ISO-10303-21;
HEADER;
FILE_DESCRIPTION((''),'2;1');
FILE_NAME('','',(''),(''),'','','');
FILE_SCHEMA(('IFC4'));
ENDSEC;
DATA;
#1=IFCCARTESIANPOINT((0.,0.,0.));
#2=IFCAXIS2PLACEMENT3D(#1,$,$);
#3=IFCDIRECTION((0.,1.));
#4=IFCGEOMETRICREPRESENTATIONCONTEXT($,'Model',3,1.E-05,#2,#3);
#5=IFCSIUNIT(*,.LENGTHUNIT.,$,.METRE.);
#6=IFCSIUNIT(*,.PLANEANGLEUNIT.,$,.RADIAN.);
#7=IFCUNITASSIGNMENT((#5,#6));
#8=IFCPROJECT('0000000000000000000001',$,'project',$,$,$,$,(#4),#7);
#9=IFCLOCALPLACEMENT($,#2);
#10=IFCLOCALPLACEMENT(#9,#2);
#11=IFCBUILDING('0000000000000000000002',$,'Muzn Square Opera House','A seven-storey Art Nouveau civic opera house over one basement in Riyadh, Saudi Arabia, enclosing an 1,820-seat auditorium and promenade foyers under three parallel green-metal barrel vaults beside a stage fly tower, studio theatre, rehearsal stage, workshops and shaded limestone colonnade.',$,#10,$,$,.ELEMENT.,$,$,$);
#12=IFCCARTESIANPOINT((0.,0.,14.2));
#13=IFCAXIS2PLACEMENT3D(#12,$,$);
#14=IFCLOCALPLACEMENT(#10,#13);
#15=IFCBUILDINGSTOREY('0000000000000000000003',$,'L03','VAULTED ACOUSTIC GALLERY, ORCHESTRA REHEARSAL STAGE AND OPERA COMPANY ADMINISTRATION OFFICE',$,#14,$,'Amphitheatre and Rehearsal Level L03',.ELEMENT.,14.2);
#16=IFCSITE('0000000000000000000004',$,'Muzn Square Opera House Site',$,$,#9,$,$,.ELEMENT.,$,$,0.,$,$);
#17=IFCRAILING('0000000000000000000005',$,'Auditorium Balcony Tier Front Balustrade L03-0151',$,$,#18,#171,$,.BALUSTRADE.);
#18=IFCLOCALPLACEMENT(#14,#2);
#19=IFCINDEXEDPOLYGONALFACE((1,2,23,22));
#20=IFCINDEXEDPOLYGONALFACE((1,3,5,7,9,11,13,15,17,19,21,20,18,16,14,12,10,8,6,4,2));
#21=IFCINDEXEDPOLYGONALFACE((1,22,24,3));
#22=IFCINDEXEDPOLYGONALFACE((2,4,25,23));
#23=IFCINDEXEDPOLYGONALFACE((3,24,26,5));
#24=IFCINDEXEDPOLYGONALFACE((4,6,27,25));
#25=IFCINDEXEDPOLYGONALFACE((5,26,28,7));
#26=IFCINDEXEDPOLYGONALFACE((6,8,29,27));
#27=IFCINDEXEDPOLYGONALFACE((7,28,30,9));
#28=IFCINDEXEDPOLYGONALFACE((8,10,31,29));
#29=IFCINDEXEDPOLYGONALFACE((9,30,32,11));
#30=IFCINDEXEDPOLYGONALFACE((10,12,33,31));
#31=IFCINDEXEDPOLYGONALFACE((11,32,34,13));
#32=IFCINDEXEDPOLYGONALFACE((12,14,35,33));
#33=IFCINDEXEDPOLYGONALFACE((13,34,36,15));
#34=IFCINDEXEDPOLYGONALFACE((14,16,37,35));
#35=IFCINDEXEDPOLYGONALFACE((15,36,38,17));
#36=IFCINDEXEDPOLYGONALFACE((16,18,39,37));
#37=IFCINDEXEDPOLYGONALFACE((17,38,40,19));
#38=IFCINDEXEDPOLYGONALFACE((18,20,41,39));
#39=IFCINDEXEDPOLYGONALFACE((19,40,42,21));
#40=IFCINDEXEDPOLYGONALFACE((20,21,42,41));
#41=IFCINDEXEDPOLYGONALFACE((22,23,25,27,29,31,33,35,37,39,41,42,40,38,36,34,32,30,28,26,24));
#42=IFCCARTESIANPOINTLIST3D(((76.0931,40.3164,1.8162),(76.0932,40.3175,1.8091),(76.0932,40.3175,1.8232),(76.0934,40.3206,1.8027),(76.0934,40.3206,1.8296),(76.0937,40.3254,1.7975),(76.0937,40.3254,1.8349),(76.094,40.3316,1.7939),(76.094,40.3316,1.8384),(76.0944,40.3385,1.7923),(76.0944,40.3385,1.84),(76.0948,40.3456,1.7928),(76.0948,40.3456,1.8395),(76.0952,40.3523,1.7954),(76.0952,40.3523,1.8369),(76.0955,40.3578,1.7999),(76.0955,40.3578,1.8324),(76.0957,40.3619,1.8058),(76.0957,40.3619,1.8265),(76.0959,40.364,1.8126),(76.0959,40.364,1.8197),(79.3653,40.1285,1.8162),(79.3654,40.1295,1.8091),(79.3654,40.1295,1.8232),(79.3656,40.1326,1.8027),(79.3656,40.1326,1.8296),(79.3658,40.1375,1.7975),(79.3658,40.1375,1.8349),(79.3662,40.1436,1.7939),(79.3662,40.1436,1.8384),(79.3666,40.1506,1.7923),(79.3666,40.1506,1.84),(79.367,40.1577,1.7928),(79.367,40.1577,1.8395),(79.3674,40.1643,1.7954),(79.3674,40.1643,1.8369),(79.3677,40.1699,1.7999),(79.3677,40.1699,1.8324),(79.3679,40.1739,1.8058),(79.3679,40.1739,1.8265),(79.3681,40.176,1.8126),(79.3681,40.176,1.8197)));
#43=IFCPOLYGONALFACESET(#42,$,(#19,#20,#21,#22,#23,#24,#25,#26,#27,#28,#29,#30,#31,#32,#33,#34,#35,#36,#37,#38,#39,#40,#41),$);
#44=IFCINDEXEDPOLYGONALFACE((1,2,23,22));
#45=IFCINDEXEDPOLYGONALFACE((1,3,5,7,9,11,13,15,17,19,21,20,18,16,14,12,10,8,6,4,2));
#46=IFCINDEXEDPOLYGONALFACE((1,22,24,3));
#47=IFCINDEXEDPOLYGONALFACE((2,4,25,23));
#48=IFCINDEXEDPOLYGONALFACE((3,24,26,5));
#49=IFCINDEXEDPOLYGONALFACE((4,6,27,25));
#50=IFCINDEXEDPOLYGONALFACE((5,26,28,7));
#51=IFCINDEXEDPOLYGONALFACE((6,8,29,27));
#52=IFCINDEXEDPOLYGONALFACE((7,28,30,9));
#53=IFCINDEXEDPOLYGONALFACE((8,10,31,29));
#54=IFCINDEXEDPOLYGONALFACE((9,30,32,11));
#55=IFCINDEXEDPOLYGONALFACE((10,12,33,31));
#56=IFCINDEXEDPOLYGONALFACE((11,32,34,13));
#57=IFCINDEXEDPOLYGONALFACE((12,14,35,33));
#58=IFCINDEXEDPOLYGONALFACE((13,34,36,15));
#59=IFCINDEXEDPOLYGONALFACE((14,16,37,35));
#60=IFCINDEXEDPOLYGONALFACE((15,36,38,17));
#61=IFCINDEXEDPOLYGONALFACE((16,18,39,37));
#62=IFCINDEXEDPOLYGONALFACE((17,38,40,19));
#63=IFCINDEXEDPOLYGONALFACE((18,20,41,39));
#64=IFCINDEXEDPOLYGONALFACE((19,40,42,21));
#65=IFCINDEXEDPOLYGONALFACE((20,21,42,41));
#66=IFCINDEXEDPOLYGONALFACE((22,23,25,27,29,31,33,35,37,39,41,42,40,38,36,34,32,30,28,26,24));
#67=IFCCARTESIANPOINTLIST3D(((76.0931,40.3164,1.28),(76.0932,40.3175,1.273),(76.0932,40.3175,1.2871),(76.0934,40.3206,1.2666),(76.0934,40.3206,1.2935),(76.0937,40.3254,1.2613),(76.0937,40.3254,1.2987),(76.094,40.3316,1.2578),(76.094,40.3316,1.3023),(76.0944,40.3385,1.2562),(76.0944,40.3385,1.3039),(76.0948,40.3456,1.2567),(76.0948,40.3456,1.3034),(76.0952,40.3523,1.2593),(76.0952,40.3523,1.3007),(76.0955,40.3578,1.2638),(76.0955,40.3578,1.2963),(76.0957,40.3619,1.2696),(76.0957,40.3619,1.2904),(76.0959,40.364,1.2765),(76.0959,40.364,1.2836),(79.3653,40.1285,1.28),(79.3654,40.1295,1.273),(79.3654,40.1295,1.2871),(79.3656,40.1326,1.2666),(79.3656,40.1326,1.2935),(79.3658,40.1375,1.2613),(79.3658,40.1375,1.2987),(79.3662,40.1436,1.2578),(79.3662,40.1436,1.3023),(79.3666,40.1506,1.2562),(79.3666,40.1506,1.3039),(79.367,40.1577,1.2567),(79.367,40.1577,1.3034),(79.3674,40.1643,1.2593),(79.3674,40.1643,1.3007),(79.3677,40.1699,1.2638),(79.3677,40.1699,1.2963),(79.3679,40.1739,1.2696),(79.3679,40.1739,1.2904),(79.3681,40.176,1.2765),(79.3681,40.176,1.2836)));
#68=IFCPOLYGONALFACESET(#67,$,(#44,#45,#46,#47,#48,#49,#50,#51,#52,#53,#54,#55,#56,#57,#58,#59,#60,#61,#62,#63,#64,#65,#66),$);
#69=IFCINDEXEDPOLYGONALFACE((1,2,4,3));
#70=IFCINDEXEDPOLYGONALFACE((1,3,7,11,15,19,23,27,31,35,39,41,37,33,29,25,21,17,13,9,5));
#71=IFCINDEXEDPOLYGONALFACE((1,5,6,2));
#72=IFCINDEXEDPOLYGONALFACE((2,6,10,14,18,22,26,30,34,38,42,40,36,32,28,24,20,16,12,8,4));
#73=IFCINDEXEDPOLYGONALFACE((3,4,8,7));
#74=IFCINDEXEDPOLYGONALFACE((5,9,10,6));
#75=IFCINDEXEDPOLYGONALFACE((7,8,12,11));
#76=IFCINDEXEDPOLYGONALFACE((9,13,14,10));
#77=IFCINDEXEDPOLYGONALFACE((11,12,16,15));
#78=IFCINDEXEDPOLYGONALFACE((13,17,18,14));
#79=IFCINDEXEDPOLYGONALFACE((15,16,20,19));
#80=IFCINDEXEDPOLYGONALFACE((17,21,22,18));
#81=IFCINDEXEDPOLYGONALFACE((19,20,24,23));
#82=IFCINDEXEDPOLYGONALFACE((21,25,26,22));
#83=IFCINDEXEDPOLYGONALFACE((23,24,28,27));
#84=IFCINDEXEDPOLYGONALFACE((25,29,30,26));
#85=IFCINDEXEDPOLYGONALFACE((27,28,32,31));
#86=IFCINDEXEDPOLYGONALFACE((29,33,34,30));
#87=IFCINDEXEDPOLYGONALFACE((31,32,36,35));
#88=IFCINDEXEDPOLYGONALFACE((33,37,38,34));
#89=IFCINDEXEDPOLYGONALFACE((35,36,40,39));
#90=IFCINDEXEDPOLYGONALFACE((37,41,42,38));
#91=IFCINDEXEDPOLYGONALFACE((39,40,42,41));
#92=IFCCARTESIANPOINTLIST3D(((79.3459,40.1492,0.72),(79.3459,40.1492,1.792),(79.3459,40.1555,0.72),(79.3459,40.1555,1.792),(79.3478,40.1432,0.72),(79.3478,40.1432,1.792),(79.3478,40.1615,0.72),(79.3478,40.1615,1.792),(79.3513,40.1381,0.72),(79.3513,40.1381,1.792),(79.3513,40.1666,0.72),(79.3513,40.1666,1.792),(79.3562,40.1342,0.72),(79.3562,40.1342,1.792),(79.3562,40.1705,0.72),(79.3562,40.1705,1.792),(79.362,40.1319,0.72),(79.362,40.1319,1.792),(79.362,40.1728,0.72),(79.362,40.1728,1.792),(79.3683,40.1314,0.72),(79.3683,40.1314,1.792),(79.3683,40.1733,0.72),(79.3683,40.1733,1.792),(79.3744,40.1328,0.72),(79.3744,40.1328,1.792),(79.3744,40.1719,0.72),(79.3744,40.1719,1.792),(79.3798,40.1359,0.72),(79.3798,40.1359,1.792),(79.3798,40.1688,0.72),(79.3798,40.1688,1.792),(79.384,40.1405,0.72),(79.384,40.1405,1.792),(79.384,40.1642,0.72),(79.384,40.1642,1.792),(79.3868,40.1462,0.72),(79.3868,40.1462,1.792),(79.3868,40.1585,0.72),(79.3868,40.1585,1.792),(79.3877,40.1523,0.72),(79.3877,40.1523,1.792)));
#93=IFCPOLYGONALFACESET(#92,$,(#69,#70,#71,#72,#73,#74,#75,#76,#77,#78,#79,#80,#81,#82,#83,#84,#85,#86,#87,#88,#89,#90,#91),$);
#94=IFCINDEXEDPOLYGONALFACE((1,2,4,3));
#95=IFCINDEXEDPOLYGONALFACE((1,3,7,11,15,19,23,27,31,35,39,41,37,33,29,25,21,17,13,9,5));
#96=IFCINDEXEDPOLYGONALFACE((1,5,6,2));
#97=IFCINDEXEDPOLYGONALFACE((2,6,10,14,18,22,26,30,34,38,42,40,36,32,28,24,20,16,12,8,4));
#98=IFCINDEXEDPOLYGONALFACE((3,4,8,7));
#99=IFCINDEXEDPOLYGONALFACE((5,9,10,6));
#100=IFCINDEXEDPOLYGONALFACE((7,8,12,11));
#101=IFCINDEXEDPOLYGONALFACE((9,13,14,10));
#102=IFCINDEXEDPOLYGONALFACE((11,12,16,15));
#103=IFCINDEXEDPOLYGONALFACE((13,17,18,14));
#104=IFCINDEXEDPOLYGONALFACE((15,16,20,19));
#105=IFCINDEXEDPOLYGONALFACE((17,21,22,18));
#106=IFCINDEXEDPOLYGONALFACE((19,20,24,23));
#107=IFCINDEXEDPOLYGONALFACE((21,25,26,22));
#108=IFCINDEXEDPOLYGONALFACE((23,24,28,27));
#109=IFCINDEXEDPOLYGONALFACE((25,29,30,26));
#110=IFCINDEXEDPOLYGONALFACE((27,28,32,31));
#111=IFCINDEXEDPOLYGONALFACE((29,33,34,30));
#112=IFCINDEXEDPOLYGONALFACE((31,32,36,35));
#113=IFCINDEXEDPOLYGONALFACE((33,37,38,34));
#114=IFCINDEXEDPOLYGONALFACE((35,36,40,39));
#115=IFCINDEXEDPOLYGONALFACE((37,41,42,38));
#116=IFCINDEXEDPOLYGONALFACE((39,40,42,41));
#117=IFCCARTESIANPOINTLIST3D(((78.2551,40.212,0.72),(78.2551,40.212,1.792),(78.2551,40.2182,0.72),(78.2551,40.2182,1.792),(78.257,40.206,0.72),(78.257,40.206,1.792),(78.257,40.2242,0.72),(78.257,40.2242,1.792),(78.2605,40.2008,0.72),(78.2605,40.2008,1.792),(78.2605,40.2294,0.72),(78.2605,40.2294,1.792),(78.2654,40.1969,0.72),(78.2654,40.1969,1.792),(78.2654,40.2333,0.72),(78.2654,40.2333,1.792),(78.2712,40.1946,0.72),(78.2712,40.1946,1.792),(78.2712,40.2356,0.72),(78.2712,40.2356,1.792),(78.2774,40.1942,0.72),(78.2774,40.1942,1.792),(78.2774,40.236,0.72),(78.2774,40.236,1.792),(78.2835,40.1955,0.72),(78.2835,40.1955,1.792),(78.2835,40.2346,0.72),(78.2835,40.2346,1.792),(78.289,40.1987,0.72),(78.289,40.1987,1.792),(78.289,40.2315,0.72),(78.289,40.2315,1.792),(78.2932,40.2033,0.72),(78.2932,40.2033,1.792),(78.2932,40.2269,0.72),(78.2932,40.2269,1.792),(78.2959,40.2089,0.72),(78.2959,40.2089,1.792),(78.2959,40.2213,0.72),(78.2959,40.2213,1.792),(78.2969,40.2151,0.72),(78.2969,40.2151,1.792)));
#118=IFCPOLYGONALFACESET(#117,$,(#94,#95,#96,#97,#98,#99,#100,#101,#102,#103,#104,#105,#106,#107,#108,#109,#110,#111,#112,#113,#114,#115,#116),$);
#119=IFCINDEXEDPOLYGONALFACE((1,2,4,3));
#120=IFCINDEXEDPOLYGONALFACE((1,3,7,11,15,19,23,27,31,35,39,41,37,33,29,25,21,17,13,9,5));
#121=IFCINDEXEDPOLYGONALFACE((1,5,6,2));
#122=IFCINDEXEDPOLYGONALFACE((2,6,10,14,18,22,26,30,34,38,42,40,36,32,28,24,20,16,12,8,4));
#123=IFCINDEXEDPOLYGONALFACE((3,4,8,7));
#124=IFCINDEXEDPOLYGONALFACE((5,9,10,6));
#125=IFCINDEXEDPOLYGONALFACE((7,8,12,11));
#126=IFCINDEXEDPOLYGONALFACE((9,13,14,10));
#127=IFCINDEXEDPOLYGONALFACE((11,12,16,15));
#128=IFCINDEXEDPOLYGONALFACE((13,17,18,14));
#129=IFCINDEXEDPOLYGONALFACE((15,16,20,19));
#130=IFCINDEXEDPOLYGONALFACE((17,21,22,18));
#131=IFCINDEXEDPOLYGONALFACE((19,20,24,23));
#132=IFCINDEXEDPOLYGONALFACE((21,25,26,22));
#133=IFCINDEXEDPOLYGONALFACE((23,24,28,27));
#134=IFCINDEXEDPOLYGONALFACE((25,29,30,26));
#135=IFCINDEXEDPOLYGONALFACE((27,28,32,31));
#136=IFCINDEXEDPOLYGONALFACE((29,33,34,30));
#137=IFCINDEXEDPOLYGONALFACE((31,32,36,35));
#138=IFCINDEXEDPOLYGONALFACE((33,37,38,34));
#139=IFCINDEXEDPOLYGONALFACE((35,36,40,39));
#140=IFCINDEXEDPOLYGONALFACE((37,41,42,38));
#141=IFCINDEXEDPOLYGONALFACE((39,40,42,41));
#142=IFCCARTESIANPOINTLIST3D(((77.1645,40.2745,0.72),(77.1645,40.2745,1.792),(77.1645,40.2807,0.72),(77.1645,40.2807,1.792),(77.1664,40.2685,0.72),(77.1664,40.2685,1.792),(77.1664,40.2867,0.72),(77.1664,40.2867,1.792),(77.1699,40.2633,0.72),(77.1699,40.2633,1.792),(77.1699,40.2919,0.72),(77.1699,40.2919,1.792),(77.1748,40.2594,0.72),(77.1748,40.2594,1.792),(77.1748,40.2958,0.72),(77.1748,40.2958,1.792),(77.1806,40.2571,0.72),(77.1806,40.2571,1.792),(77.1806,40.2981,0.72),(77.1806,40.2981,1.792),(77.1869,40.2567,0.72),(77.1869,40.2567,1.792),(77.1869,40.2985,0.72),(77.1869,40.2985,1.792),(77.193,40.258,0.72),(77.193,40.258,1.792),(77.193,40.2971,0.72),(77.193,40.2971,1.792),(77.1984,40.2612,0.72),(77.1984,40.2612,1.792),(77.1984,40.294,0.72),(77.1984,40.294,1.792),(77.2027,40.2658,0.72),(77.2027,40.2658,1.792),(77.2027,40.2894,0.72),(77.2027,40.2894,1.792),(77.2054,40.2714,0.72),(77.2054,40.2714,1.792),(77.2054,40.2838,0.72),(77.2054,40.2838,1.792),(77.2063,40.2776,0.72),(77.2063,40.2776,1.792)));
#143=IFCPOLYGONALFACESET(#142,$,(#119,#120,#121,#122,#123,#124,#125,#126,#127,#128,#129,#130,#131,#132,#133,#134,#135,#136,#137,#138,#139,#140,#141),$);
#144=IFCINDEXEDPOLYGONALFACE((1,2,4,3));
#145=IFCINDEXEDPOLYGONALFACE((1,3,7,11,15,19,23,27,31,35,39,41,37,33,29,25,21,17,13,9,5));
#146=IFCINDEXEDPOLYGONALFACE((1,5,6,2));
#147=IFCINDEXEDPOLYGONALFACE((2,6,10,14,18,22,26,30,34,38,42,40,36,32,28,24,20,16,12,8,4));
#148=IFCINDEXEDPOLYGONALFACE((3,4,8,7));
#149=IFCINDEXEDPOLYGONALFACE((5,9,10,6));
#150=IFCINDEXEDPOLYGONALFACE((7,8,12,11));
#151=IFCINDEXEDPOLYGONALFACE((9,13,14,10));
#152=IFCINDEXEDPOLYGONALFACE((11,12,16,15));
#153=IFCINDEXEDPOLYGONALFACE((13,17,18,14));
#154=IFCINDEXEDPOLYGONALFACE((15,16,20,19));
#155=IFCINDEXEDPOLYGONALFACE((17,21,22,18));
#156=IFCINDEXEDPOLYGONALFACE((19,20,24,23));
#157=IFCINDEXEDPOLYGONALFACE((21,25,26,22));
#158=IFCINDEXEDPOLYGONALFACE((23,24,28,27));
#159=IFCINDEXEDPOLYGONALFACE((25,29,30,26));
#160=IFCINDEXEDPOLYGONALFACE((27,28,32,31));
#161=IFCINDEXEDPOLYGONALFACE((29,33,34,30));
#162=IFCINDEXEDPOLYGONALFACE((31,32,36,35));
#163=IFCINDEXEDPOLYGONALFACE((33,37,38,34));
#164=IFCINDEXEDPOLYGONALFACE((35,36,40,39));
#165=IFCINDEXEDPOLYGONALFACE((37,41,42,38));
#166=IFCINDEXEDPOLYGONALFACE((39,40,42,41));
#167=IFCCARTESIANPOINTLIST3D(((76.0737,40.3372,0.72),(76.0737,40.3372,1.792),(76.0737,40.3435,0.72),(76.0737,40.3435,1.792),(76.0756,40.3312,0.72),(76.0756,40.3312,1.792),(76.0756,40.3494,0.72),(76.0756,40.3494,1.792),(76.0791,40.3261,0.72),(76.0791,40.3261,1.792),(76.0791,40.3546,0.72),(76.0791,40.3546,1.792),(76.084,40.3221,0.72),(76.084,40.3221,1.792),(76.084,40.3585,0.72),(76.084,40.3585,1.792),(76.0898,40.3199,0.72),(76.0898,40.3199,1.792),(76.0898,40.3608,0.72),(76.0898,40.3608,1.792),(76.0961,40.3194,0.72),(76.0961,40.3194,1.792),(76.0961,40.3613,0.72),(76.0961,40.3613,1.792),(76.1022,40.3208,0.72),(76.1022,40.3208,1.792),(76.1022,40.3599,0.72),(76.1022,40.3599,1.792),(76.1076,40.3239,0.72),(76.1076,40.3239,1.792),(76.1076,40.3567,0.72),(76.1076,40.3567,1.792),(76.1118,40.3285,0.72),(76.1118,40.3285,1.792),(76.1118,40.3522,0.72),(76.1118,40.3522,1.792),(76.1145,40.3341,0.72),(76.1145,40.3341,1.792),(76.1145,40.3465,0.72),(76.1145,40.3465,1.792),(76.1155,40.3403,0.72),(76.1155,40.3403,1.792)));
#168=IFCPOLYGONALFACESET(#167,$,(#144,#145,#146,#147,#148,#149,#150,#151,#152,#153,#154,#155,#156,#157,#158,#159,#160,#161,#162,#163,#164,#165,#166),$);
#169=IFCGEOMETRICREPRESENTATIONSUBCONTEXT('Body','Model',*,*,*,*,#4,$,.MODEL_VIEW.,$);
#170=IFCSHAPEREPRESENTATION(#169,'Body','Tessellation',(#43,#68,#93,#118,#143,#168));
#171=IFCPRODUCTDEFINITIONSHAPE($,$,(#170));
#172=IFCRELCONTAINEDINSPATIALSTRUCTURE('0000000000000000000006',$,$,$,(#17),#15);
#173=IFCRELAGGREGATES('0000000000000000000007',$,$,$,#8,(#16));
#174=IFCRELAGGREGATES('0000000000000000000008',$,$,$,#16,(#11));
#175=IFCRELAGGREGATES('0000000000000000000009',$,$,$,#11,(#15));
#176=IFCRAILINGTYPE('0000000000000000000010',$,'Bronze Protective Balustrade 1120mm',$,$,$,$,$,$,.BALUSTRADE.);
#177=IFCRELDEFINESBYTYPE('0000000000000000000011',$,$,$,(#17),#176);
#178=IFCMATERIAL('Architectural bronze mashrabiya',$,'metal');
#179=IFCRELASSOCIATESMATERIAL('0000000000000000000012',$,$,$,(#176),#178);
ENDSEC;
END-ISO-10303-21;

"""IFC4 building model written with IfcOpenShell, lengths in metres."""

from ifc_helpers import new_model, si_unit, direction, frame, origin, origin_2d, place, context, subcontext, project, spatial, circle, extrude, material, type_object, element, save


model = new_model("IFC4")

# Units and contexts
model_context = context("Model", 3, precision=1e-05, world=origin(), true_north=direction((0.0, 1.0)))
body_context = subcontext(model_context, "Body", "Model", "MODEL_VIEW")
ifc_project = project(units=[si_unit("LENGTHUNIT", "METRE"), si_unit("PLANEANGLEUNIT", "RADIAN")], contexts=[model_context])

# Site, building, storey
site_placement = place(None, origin())
site = spatial("IfcSite", under=ifc_project, at=site_placement, Name="Muzn Square Opera House Site", CompositionType="ELEMENT", RefElevation=0.0)
building_placement = place(site_placement, origin())
building = spatial("IfcBuilding", under=site, at=building_placement, Name="Muzn Square Opera House", Description="A seven-storey Art Nouveau civic opera house over one basement in Riyadh, Saudi Arabia, enclosing an 1,820-seat auditorium and promenade foyers under three parallel green-metal barrel vaults beside a stage fly tower, studio theatre, rehearsal stage, workshops and shaded limestone colonnade.", CompositionType="ELEMENT")
storey_placement = place(building_placement, frame((0.0, 0.0, 14.2)))
storey = spatial("IfcBuildingStorey", under=building, at=storey_placement, Name="L03", Description="VAULTED ACOUSTIC GALLERY, ORCHESTRA REHEARSAL STAGE AND OPERA COMPANY ADMINISTRATION OFFICE", LongName="Amphitheatre and Rehearsal Level L03", CompositionType="ELEMENT", Elevation=14.2)

# Railing
ifc_material_1 = material(Name="Architectural bronze mashrabiya", Category="metal")
railing_type = type_object("IfcRailingType", Name="Bronze Protective Balustrade 1120mm", PredefinedType="BALUSTRADE", material=ifc_material_1)
railing_1_placement = place(storey_placement, frame((79.3667, 40.1523, 0.72)))
element("IfcRailing", 1, at=railing_1_placement, inside=storey, type_object=railing_type, Name="Auditorium Balcony Tier Front Balustrade L03-0151", PredefinedType="BALUSTRADE", context=body_context, shape_type="SweptSolid", body=[
    extrude(circle(Radius=0.0239, at=origin_2d()), frame((0.0, 0.0, 1.0962), z_axis=(-0.998354, 0.057355, 0.0), x_axis=(-0.057355, -0.998354, 0.0)), (0.0, 0.0, 1.0), 3.2776),
    extrude(circle(Radius=0.0239, at=origin_2d()), frame((0.0, 0.0, 0.5601), z_axis=(-0.998354, 0.057355, 0.0), x_axis=(-0.057355, -0.998354, 0.0)), (0.0, 0.0, 1.0), 3.2776),
    extrude(circle(Radius=0.021, at=origin_2d()), origin(), (0.0, 0.0, 1.0), 1.072),
    extrude(circle(Radius=0.021, at=origin_2d()), frame((-1.0908, 0.0627, 0.0)), (0.0, 0.0, 1.0), 1.072),
    extrude(circle(Radius=0.021, at=origin_2d()), frame((-2.1814, 0.1252, 0.0)), (0.0, 0.0, 1.0), 1.072),
    extrude(circle(Radius=0.021, at=origin_2d()), frame((-3.2722, 0.188, 0.0)), (0.0, 0.0, 1.0), 1.072),
])

save(model, "model.ifc")
